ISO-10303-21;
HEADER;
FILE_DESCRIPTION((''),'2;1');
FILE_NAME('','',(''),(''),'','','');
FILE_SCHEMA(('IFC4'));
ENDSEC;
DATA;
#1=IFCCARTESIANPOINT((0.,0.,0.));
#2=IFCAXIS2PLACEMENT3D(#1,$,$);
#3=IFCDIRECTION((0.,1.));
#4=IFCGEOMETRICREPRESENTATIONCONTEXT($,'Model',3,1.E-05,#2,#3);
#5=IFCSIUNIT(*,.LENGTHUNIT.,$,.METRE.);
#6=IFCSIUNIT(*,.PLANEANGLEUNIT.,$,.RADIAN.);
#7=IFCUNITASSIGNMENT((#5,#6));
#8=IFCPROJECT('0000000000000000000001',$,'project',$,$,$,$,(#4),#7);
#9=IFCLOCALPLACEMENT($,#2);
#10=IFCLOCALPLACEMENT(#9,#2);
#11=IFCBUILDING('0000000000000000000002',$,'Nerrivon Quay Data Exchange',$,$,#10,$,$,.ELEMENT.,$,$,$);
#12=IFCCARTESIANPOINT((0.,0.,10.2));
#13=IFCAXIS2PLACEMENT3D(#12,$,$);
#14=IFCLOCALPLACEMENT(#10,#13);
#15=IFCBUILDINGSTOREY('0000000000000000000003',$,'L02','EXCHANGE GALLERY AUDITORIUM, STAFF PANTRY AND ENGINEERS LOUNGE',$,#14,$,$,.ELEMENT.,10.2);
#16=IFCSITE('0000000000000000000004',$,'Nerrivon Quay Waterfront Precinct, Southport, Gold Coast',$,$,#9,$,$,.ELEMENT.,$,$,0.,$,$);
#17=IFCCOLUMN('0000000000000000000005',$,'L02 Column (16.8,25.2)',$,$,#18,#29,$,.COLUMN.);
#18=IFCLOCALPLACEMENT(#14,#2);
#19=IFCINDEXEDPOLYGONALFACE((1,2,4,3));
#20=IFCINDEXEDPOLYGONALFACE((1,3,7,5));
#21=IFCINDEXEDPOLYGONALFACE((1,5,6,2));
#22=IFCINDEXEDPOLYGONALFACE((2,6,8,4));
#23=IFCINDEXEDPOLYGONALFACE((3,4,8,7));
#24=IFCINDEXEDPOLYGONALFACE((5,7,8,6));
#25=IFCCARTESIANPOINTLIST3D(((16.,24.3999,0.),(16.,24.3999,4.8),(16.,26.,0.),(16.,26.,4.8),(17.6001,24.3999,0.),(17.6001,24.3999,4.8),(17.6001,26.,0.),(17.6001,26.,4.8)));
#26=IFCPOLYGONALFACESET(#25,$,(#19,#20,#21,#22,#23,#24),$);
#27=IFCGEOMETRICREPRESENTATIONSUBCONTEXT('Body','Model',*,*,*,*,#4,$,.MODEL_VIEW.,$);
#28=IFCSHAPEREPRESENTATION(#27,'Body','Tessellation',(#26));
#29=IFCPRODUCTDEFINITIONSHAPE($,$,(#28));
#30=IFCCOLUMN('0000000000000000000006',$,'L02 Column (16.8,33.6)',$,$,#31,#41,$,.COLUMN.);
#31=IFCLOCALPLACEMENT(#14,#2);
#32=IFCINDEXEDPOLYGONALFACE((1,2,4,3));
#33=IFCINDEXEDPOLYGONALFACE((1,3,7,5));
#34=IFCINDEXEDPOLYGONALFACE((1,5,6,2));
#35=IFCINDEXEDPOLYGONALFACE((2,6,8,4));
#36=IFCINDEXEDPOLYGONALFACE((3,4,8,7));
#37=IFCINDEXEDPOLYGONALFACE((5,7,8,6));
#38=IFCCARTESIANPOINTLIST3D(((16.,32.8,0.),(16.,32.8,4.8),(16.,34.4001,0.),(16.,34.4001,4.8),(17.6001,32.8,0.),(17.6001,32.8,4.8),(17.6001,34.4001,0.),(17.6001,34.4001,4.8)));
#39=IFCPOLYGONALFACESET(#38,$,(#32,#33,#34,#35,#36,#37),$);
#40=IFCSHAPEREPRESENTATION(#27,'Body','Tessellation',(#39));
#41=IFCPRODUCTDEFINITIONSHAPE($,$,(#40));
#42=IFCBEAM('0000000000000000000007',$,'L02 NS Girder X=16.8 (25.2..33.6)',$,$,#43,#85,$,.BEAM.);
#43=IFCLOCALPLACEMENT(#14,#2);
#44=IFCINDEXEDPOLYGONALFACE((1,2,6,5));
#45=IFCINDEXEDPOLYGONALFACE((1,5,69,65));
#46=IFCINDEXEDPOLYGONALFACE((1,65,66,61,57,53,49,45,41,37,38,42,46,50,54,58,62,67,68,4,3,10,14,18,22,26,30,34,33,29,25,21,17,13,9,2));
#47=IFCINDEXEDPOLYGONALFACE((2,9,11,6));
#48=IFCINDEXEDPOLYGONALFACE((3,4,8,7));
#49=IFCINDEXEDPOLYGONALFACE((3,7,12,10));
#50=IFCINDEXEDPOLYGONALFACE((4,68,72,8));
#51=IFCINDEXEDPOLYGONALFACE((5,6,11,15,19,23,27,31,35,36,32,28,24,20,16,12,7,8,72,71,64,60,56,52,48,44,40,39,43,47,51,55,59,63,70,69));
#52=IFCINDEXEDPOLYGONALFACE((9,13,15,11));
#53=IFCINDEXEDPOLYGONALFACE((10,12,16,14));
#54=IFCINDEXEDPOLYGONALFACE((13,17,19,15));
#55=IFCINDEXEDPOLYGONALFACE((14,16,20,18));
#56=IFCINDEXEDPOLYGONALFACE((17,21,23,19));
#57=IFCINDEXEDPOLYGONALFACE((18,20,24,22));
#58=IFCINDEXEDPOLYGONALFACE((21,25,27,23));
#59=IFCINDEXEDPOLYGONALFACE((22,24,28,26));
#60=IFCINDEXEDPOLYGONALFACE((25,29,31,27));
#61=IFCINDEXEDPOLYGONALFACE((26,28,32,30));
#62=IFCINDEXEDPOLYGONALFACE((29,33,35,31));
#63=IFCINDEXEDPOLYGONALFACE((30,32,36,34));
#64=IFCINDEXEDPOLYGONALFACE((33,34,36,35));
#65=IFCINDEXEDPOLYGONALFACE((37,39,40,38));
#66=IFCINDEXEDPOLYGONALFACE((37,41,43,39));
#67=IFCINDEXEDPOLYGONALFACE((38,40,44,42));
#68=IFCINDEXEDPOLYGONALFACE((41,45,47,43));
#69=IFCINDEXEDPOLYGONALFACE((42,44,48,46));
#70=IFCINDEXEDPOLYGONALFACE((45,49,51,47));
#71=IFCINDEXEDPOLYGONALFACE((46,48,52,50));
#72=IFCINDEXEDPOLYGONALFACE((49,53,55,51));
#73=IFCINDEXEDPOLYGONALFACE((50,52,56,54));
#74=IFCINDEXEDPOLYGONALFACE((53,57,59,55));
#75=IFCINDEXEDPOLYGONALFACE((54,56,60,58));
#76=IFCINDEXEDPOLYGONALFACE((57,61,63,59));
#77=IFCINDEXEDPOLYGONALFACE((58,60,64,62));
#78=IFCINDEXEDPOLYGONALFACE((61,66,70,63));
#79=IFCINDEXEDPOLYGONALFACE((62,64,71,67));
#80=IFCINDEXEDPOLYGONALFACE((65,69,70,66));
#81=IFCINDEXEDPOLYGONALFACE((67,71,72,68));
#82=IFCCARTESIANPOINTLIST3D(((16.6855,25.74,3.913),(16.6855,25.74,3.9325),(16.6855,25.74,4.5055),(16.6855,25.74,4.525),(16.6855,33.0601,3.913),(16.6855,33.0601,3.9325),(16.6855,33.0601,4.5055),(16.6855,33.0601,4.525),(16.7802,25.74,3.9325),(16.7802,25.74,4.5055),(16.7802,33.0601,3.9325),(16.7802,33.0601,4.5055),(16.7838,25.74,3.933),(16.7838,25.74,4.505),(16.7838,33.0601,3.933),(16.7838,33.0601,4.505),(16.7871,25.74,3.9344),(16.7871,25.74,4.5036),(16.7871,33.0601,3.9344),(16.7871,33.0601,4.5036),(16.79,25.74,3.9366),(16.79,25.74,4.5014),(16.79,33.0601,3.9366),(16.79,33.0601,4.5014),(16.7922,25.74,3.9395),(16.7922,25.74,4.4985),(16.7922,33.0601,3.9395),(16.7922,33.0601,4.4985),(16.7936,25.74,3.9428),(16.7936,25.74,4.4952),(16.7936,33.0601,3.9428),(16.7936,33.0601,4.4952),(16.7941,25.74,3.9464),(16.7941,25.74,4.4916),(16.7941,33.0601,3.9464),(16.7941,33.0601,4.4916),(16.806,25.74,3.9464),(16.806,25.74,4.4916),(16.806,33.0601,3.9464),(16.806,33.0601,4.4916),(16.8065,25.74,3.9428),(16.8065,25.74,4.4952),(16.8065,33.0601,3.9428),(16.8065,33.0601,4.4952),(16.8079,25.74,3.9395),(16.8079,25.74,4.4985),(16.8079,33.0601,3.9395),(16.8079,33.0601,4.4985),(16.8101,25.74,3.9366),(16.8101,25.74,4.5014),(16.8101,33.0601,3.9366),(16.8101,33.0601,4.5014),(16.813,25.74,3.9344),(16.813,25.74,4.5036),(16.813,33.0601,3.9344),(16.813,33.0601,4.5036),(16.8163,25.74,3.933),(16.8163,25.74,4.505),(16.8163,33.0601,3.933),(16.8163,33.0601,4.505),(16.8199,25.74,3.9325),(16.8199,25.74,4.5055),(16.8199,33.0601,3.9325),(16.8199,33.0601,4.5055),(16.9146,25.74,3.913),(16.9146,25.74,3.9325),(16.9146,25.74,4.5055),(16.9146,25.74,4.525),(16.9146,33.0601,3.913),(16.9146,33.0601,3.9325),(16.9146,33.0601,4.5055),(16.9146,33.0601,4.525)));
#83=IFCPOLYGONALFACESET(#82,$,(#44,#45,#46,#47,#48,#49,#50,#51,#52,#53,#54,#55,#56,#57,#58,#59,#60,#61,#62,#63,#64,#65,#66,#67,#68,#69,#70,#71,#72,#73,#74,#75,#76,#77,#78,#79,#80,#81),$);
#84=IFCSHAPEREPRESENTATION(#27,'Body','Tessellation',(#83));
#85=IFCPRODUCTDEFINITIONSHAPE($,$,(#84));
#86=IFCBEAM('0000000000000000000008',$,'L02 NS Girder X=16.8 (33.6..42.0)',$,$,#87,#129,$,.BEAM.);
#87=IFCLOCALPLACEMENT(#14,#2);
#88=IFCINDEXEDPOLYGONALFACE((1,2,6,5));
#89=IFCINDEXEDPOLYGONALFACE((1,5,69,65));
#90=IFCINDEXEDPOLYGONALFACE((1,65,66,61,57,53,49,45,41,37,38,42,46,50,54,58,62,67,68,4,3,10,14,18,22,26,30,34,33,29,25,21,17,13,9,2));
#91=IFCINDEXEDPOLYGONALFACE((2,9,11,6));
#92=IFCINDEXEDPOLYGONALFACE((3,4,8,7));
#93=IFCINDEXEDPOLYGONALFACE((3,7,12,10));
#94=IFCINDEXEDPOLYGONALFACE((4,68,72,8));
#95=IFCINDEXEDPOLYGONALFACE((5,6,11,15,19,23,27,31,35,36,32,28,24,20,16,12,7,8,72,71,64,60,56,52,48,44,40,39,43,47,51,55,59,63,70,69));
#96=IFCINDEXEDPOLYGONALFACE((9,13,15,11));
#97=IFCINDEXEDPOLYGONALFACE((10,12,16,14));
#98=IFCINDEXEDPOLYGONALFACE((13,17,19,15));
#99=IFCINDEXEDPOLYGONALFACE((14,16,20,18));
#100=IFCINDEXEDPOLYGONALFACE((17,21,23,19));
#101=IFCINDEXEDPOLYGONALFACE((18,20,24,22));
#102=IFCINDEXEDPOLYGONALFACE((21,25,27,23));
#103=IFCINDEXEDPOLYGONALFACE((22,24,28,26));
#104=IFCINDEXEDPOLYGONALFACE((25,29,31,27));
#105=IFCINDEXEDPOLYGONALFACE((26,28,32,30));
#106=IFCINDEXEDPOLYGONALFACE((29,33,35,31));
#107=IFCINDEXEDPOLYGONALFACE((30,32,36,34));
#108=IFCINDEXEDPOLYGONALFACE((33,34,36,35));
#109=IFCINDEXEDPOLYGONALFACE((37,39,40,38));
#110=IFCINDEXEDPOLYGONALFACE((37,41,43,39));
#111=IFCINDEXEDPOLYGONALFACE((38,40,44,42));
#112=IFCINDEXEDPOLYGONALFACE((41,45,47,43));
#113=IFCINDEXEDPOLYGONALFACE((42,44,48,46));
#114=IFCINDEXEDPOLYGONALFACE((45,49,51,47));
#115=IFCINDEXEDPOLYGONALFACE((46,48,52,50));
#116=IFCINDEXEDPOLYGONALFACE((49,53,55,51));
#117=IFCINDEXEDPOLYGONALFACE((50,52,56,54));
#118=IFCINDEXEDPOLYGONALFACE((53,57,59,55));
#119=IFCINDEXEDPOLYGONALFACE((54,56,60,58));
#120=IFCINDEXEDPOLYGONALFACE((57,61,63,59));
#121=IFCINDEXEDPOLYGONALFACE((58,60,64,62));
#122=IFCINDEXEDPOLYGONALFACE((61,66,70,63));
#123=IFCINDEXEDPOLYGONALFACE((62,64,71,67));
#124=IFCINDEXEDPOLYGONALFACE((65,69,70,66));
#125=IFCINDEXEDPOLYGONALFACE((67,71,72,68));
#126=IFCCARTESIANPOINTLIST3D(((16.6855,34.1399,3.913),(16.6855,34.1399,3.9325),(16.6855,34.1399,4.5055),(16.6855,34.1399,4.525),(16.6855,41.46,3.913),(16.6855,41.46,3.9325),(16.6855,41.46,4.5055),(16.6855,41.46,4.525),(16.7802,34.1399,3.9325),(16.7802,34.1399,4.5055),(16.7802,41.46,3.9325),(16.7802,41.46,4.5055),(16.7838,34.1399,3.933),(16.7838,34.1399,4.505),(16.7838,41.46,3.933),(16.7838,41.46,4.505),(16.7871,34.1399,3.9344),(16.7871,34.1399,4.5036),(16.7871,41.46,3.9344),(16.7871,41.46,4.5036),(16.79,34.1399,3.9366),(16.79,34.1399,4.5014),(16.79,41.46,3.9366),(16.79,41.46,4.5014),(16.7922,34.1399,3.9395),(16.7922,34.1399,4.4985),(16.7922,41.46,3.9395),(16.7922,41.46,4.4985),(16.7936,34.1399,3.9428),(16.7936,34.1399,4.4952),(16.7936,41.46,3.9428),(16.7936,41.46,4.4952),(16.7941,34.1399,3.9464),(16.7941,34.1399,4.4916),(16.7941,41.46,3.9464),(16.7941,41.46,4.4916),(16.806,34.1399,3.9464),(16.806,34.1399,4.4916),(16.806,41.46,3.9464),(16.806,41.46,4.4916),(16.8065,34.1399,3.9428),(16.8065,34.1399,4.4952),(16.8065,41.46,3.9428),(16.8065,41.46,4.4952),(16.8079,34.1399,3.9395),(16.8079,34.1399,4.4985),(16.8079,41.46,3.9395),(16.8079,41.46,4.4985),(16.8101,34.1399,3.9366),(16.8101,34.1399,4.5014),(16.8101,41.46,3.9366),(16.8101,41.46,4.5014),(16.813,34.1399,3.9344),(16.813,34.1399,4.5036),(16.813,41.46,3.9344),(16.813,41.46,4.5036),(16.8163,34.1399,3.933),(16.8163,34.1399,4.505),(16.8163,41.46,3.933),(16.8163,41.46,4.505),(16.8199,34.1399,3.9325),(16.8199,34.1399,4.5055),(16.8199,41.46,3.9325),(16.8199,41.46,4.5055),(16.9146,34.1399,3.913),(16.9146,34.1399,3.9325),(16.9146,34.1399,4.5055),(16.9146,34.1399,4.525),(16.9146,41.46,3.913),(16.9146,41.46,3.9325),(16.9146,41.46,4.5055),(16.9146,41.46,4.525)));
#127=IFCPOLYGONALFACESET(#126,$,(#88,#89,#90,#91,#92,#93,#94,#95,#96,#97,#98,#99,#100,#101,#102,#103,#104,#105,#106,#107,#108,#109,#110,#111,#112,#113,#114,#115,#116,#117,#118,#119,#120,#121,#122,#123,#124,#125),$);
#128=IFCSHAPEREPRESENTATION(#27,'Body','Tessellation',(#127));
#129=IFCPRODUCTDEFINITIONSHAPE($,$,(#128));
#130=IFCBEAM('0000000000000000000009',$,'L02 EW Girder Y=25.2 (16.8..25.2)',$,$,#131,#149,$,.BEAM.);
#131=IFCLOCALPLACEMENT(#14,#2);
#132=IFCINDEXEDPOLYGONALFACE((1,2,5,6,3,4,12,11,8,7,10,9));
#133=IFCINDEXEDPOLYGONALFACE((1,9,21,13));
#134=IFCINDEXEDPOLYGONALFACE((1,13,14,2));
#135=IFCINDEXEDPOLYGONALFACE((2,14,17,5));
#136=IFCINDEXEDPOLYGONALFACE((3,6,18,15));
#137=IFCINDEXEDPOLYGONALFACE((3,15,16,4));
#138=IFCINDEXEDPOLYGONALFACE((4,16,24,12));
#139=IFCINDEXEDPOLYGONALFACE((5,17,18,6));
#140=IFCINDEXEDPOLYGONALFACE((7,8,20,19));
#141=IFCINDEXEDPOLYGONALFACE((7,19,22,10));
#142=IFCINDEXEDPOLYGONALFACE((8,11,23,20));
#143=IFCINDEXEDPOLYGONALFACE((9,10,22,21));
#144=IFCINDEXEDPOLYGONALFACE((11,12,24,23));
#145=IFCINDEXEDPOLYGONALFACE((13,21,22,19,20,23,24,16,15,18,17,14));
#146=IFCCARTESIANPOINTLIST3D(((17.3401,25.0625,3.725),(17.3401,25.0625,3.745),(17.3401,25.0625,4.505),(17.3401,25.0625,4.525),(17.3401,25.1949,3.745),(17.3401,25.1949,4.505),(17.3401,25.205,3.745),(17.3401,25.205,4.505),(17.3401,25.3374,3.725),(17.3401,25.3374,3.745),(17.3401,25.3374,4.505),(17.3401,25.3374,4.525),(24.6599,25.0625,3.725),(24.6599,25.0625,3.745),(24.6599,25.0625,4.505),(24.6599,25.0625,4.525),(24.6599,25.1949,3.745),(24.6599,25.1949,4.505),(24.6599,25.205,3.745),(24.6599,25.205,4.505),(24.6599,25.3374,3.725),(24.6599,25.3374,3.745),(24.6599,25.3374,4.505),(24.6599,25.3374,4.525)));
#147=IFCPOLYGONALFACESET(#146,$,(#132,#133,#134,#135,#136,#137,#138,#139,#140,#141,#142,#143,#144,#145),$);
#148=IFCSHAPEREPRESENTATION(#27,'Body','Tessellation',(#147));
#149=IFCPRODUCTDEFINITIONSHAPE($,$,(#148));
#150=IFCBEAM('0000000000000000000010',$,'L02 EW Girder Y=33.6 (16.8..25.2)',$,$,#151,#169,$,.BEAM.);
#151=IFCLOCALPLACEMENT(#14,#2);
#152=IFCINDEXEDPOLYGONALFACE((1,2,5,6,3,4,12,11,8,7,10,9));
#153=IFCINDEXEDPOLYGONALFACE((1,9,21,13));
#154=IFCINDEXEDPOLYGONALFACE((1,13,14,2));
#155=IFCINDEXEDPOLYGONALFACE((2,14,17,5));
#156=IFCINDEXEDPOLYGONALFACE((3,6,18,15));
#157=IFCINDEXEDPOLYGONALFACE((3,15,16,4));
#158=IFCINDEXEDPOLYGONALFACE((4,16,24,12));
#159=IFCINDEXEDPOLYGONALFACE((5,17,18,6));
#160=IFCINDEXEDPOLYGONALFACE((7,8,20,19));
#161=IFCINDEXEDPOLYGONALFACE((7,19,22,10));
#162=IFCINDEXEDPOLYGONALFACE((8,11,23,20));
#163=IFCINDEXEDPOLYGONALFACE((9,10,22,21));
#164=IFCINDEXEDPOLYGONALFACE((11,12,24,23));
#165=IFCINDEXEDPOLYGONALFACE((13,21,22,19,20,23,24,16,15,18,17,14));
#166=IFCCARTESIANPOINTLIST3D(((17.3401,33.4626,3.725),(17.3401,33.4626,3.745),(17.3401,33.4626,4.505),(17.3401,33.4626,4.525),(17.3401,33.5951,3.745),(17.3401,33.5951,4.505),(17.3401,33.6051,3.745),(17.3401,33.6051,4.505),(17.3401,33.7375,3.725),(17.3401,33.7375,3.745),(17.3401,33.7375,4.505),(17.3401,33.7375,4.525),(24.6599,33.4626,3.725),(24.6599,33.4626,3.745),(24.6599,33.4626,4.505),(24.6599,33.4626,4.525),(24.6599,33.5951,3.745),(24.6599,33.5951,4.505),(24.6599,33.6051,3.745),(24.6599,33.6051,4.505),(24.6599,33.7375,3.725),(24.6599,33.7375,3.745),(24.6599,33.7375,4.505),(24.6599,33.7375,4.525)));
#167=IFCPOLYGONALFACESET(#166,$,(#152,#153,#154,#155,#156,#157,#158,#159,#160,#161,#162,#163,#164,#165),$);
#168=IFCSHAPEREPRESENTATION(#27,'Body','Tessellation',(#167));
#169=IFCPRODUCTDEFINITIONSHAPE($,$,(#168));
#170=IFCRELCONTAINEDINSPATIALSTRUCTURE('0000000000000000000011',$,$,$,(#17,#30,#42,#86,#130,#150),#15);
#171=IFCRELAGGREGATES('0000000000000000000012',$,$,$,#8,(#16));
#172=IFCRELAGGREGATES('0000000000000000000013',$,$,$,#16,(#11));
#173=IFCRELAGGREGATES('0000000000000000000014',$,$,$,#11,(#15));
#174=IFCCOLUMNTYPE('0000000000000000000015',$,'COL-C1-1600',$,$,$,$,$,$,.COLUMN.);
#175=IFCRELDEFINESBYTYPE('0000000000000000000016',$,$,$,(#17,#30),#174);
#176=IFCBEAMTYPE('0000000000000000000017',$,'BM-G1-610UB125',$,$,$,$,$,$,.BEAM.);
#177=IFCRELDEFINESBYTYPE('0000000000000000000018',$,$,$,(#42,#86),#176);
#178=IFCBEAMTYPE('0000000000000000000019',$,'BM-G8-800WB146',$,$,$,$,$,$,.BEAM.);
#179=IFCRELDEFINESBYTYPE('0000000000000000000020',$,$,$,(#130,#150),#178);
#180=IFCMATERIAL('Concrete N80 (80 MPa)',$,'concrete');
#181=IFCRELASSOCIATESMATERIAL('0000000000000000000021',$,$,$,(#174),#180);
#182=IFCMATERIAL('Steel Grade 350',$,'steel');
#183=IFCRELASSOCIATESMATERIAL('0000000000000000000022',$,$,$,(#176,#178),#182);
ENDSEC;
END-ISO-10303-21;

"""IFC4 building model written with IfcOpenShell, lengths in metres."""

from ifc_helpers import new_model, si_unit, direction, frame, origin, origin_2d, place, context, subcontext, project, spatial, rectangle, i_section, extrude, material, material_profile, profile_set, type_object, element, save


model = new_model("IFC4")

# Units and contexts
model_context = context("Model", 3, precision=1e-05, world=origin(), true_north=direction((0.0, 1.0)))
body_context = subcontext(model_context, "Body", "Model", "MODEL_VIEW")
ifc_project = project(units=[si_unit("LENGTHUNIT", "METRE"), si_unit("PLANEANGLEUNIT", "RADIAN")], contexts=[model_context])

# Site, building, storey
site_placement = place(None, origin())
site = spatial("IfcSite", under=ifc_project, at=site_placement, Name="Nerrivon Quay Waterfront Precinct, Southport, Gold Coast", CompositionType="ELEMENT", RefElevation=0.0)
building_placement = place(site_placement, origin())
building = spatial("IfcBuilding", under=site, at=building_placement, Name="Nerrivon Quay Data Exchange", CompositionType="ELEMENT")
storey_placement = place(building_placement, frame((0.0, 0.0, 10.2)))
storey = spatial("IfcBuildingStorey", under=building, at=storey_placement, Name="L02", Description="EXCHANGE GALLERY AUDITORIUM, STAFF PANTRY AND ENGINEERS LOUNGE", CompositionType="ELEMENT", Elevation=10.2)

# Columns
ifc_material_1 = material(Name="Concrete N80 (80 MPa)", Category="concrete")
ifc_material_profile_1 = material_profile(ifc_material_1, rectangle(XDim=1.6001, YDim=1.6001, at=origin_2d()), Name="RC-COL-1600x1600")
ifc_profile_set_1 = profile_set([ifc_material_profile_1], Name="Concrete N80 (80 MPa)")
column_type = type_object("IfcColumnType", Name="COL-C1-1600", PredefinedType="COLUMN", material=ifc_profile_set_1)
for number, where, z_axis, x_axis, name in (
    (1, (16.8, 25.2, 0.0), (0.0, 0.0, 1.0), (1.0, 0.0, 0.0), "L02 Column (16.8,25.2)"),
    (2, (16.8, 33.6001, 0.0), (0.0, 0.0, 1.0), (1.0, 0.0, 0.0), "L02 Column (16.8,33.6)"),
):
    element("IfcColumn", number, at=place(storey_placement, frame(where, z_axis=z_axis, x_axis=x_axis)), inside=storey, type_object=column_type, Name=name, PredefinedType="COLUMN", context=body_context, shape_type="SweptSolid", body=[
        extrude(rectangle(XDim=1.6001, YDim=1.6001, at=origin_2d()), origin(), (0.0, 0.0, 1.0), 4.8),
    ])

# Beams
ifc_material_2 = material(Name="Steel Grade 350", Category="steel")
ifc_material_profile_2 = material_profile(ifc_material_2, i_section(OverallWidth=0.229, OverallDepth=0.6121, WebThickness=0.012, FlangeThickness=0.0195, FilletRadius=0.0139, at=origin_2d()), Name="610UB125")
ifc_profile_set_2 = profile_set([ifc_material_profile_2], Name="Steel Grade 350")
beam_type_1 = type_object("IfcBeamType", Name="BM-G1-610UB125", PredefinedType="BEAM", material=ifc_profile_set_2)
for number, where, z_axis, x_axis, name in (
    (3, (16.8, 25.74, 4.219), (0.0, 1.0, 0.0), (-1.0, 0.0, 0.0), "L02 NS Girder X=16.8 (25.2..33.6)"),
    (4, (16.8, 34.1399, 4.219), (0.0, 1.0, 0.0), (-1.0, 0.0, 0.0), "L02 NS Girder X=16.8 (33.6..42.0)"),
):
    element("IfcBeam", number, at=place(storey_placement, frame(where, z_axis=z_axis, x_axis=x_axis)), inside=storey, type_object=beam_type_1, Name=name, PredefinedType="BEAM", context=body_context, shape_type="SweptSolid", body=[
        extrude(i_section(OverallWidth=0.229, OverallDepth=0.6121, WebThickness=0.012, FlangeThickness=0.0195, FilletRadius=0.0139, at=origin_2d()), origin(), (0.0, 0.0, 1.0), 7.3201),
    ])
ifc_material_profile_3 = material_profile(ifc_material_2, i_section(OverallWidth=0.2749, OverallDepth=0.8, WebThickness=0.01, FlangeThickness=0.02, at=origin_2d()), Name="800WB146")
ifc_profile_set_3 = profile_set([ifc_material_profile_3], Name="Steel Grade 350")
beam_type_2 = type_object("IfcBeamType", Name="BM-G8-800WB146", PredefinedType="BEAM", material=ifc_profile_set_3)
for number, where, z_axis, x_axis, name in (
    (5, (17.3401, 25.2, 4.125), (1.0, 0.0, 0.0), (0.0, 1.0, 0.0), "L02 EW Girder Y=25.2 (16.8..25.2)"),
    (6, (17.3401, 33.6001, 4.125), (1.0, 0.0, 0.0), (0.0, 1.0, 0.0), "L02 EW Girder Y=33.6 (16.8..25.2)"),
):
    element("IfcBeam", number, at=place(storey_placement, frame(where, z_axis=z_axis, x_axis=x_axis)), inside=storey, type_object=beam_type_2, Name=name, PredefinedType="BEAM", context=body_context, shape_type="SweptSolid", body=[
        extrude(i_section(OverallWidth=0.2749, OverallDepth=0.8, WebThickness=0.01, FlangeThickness=0.02, at=origin_2d()), origin(), (0.0, 0.0, 1.0), 7.3198),
    ])

save(model, "model.ifc")
